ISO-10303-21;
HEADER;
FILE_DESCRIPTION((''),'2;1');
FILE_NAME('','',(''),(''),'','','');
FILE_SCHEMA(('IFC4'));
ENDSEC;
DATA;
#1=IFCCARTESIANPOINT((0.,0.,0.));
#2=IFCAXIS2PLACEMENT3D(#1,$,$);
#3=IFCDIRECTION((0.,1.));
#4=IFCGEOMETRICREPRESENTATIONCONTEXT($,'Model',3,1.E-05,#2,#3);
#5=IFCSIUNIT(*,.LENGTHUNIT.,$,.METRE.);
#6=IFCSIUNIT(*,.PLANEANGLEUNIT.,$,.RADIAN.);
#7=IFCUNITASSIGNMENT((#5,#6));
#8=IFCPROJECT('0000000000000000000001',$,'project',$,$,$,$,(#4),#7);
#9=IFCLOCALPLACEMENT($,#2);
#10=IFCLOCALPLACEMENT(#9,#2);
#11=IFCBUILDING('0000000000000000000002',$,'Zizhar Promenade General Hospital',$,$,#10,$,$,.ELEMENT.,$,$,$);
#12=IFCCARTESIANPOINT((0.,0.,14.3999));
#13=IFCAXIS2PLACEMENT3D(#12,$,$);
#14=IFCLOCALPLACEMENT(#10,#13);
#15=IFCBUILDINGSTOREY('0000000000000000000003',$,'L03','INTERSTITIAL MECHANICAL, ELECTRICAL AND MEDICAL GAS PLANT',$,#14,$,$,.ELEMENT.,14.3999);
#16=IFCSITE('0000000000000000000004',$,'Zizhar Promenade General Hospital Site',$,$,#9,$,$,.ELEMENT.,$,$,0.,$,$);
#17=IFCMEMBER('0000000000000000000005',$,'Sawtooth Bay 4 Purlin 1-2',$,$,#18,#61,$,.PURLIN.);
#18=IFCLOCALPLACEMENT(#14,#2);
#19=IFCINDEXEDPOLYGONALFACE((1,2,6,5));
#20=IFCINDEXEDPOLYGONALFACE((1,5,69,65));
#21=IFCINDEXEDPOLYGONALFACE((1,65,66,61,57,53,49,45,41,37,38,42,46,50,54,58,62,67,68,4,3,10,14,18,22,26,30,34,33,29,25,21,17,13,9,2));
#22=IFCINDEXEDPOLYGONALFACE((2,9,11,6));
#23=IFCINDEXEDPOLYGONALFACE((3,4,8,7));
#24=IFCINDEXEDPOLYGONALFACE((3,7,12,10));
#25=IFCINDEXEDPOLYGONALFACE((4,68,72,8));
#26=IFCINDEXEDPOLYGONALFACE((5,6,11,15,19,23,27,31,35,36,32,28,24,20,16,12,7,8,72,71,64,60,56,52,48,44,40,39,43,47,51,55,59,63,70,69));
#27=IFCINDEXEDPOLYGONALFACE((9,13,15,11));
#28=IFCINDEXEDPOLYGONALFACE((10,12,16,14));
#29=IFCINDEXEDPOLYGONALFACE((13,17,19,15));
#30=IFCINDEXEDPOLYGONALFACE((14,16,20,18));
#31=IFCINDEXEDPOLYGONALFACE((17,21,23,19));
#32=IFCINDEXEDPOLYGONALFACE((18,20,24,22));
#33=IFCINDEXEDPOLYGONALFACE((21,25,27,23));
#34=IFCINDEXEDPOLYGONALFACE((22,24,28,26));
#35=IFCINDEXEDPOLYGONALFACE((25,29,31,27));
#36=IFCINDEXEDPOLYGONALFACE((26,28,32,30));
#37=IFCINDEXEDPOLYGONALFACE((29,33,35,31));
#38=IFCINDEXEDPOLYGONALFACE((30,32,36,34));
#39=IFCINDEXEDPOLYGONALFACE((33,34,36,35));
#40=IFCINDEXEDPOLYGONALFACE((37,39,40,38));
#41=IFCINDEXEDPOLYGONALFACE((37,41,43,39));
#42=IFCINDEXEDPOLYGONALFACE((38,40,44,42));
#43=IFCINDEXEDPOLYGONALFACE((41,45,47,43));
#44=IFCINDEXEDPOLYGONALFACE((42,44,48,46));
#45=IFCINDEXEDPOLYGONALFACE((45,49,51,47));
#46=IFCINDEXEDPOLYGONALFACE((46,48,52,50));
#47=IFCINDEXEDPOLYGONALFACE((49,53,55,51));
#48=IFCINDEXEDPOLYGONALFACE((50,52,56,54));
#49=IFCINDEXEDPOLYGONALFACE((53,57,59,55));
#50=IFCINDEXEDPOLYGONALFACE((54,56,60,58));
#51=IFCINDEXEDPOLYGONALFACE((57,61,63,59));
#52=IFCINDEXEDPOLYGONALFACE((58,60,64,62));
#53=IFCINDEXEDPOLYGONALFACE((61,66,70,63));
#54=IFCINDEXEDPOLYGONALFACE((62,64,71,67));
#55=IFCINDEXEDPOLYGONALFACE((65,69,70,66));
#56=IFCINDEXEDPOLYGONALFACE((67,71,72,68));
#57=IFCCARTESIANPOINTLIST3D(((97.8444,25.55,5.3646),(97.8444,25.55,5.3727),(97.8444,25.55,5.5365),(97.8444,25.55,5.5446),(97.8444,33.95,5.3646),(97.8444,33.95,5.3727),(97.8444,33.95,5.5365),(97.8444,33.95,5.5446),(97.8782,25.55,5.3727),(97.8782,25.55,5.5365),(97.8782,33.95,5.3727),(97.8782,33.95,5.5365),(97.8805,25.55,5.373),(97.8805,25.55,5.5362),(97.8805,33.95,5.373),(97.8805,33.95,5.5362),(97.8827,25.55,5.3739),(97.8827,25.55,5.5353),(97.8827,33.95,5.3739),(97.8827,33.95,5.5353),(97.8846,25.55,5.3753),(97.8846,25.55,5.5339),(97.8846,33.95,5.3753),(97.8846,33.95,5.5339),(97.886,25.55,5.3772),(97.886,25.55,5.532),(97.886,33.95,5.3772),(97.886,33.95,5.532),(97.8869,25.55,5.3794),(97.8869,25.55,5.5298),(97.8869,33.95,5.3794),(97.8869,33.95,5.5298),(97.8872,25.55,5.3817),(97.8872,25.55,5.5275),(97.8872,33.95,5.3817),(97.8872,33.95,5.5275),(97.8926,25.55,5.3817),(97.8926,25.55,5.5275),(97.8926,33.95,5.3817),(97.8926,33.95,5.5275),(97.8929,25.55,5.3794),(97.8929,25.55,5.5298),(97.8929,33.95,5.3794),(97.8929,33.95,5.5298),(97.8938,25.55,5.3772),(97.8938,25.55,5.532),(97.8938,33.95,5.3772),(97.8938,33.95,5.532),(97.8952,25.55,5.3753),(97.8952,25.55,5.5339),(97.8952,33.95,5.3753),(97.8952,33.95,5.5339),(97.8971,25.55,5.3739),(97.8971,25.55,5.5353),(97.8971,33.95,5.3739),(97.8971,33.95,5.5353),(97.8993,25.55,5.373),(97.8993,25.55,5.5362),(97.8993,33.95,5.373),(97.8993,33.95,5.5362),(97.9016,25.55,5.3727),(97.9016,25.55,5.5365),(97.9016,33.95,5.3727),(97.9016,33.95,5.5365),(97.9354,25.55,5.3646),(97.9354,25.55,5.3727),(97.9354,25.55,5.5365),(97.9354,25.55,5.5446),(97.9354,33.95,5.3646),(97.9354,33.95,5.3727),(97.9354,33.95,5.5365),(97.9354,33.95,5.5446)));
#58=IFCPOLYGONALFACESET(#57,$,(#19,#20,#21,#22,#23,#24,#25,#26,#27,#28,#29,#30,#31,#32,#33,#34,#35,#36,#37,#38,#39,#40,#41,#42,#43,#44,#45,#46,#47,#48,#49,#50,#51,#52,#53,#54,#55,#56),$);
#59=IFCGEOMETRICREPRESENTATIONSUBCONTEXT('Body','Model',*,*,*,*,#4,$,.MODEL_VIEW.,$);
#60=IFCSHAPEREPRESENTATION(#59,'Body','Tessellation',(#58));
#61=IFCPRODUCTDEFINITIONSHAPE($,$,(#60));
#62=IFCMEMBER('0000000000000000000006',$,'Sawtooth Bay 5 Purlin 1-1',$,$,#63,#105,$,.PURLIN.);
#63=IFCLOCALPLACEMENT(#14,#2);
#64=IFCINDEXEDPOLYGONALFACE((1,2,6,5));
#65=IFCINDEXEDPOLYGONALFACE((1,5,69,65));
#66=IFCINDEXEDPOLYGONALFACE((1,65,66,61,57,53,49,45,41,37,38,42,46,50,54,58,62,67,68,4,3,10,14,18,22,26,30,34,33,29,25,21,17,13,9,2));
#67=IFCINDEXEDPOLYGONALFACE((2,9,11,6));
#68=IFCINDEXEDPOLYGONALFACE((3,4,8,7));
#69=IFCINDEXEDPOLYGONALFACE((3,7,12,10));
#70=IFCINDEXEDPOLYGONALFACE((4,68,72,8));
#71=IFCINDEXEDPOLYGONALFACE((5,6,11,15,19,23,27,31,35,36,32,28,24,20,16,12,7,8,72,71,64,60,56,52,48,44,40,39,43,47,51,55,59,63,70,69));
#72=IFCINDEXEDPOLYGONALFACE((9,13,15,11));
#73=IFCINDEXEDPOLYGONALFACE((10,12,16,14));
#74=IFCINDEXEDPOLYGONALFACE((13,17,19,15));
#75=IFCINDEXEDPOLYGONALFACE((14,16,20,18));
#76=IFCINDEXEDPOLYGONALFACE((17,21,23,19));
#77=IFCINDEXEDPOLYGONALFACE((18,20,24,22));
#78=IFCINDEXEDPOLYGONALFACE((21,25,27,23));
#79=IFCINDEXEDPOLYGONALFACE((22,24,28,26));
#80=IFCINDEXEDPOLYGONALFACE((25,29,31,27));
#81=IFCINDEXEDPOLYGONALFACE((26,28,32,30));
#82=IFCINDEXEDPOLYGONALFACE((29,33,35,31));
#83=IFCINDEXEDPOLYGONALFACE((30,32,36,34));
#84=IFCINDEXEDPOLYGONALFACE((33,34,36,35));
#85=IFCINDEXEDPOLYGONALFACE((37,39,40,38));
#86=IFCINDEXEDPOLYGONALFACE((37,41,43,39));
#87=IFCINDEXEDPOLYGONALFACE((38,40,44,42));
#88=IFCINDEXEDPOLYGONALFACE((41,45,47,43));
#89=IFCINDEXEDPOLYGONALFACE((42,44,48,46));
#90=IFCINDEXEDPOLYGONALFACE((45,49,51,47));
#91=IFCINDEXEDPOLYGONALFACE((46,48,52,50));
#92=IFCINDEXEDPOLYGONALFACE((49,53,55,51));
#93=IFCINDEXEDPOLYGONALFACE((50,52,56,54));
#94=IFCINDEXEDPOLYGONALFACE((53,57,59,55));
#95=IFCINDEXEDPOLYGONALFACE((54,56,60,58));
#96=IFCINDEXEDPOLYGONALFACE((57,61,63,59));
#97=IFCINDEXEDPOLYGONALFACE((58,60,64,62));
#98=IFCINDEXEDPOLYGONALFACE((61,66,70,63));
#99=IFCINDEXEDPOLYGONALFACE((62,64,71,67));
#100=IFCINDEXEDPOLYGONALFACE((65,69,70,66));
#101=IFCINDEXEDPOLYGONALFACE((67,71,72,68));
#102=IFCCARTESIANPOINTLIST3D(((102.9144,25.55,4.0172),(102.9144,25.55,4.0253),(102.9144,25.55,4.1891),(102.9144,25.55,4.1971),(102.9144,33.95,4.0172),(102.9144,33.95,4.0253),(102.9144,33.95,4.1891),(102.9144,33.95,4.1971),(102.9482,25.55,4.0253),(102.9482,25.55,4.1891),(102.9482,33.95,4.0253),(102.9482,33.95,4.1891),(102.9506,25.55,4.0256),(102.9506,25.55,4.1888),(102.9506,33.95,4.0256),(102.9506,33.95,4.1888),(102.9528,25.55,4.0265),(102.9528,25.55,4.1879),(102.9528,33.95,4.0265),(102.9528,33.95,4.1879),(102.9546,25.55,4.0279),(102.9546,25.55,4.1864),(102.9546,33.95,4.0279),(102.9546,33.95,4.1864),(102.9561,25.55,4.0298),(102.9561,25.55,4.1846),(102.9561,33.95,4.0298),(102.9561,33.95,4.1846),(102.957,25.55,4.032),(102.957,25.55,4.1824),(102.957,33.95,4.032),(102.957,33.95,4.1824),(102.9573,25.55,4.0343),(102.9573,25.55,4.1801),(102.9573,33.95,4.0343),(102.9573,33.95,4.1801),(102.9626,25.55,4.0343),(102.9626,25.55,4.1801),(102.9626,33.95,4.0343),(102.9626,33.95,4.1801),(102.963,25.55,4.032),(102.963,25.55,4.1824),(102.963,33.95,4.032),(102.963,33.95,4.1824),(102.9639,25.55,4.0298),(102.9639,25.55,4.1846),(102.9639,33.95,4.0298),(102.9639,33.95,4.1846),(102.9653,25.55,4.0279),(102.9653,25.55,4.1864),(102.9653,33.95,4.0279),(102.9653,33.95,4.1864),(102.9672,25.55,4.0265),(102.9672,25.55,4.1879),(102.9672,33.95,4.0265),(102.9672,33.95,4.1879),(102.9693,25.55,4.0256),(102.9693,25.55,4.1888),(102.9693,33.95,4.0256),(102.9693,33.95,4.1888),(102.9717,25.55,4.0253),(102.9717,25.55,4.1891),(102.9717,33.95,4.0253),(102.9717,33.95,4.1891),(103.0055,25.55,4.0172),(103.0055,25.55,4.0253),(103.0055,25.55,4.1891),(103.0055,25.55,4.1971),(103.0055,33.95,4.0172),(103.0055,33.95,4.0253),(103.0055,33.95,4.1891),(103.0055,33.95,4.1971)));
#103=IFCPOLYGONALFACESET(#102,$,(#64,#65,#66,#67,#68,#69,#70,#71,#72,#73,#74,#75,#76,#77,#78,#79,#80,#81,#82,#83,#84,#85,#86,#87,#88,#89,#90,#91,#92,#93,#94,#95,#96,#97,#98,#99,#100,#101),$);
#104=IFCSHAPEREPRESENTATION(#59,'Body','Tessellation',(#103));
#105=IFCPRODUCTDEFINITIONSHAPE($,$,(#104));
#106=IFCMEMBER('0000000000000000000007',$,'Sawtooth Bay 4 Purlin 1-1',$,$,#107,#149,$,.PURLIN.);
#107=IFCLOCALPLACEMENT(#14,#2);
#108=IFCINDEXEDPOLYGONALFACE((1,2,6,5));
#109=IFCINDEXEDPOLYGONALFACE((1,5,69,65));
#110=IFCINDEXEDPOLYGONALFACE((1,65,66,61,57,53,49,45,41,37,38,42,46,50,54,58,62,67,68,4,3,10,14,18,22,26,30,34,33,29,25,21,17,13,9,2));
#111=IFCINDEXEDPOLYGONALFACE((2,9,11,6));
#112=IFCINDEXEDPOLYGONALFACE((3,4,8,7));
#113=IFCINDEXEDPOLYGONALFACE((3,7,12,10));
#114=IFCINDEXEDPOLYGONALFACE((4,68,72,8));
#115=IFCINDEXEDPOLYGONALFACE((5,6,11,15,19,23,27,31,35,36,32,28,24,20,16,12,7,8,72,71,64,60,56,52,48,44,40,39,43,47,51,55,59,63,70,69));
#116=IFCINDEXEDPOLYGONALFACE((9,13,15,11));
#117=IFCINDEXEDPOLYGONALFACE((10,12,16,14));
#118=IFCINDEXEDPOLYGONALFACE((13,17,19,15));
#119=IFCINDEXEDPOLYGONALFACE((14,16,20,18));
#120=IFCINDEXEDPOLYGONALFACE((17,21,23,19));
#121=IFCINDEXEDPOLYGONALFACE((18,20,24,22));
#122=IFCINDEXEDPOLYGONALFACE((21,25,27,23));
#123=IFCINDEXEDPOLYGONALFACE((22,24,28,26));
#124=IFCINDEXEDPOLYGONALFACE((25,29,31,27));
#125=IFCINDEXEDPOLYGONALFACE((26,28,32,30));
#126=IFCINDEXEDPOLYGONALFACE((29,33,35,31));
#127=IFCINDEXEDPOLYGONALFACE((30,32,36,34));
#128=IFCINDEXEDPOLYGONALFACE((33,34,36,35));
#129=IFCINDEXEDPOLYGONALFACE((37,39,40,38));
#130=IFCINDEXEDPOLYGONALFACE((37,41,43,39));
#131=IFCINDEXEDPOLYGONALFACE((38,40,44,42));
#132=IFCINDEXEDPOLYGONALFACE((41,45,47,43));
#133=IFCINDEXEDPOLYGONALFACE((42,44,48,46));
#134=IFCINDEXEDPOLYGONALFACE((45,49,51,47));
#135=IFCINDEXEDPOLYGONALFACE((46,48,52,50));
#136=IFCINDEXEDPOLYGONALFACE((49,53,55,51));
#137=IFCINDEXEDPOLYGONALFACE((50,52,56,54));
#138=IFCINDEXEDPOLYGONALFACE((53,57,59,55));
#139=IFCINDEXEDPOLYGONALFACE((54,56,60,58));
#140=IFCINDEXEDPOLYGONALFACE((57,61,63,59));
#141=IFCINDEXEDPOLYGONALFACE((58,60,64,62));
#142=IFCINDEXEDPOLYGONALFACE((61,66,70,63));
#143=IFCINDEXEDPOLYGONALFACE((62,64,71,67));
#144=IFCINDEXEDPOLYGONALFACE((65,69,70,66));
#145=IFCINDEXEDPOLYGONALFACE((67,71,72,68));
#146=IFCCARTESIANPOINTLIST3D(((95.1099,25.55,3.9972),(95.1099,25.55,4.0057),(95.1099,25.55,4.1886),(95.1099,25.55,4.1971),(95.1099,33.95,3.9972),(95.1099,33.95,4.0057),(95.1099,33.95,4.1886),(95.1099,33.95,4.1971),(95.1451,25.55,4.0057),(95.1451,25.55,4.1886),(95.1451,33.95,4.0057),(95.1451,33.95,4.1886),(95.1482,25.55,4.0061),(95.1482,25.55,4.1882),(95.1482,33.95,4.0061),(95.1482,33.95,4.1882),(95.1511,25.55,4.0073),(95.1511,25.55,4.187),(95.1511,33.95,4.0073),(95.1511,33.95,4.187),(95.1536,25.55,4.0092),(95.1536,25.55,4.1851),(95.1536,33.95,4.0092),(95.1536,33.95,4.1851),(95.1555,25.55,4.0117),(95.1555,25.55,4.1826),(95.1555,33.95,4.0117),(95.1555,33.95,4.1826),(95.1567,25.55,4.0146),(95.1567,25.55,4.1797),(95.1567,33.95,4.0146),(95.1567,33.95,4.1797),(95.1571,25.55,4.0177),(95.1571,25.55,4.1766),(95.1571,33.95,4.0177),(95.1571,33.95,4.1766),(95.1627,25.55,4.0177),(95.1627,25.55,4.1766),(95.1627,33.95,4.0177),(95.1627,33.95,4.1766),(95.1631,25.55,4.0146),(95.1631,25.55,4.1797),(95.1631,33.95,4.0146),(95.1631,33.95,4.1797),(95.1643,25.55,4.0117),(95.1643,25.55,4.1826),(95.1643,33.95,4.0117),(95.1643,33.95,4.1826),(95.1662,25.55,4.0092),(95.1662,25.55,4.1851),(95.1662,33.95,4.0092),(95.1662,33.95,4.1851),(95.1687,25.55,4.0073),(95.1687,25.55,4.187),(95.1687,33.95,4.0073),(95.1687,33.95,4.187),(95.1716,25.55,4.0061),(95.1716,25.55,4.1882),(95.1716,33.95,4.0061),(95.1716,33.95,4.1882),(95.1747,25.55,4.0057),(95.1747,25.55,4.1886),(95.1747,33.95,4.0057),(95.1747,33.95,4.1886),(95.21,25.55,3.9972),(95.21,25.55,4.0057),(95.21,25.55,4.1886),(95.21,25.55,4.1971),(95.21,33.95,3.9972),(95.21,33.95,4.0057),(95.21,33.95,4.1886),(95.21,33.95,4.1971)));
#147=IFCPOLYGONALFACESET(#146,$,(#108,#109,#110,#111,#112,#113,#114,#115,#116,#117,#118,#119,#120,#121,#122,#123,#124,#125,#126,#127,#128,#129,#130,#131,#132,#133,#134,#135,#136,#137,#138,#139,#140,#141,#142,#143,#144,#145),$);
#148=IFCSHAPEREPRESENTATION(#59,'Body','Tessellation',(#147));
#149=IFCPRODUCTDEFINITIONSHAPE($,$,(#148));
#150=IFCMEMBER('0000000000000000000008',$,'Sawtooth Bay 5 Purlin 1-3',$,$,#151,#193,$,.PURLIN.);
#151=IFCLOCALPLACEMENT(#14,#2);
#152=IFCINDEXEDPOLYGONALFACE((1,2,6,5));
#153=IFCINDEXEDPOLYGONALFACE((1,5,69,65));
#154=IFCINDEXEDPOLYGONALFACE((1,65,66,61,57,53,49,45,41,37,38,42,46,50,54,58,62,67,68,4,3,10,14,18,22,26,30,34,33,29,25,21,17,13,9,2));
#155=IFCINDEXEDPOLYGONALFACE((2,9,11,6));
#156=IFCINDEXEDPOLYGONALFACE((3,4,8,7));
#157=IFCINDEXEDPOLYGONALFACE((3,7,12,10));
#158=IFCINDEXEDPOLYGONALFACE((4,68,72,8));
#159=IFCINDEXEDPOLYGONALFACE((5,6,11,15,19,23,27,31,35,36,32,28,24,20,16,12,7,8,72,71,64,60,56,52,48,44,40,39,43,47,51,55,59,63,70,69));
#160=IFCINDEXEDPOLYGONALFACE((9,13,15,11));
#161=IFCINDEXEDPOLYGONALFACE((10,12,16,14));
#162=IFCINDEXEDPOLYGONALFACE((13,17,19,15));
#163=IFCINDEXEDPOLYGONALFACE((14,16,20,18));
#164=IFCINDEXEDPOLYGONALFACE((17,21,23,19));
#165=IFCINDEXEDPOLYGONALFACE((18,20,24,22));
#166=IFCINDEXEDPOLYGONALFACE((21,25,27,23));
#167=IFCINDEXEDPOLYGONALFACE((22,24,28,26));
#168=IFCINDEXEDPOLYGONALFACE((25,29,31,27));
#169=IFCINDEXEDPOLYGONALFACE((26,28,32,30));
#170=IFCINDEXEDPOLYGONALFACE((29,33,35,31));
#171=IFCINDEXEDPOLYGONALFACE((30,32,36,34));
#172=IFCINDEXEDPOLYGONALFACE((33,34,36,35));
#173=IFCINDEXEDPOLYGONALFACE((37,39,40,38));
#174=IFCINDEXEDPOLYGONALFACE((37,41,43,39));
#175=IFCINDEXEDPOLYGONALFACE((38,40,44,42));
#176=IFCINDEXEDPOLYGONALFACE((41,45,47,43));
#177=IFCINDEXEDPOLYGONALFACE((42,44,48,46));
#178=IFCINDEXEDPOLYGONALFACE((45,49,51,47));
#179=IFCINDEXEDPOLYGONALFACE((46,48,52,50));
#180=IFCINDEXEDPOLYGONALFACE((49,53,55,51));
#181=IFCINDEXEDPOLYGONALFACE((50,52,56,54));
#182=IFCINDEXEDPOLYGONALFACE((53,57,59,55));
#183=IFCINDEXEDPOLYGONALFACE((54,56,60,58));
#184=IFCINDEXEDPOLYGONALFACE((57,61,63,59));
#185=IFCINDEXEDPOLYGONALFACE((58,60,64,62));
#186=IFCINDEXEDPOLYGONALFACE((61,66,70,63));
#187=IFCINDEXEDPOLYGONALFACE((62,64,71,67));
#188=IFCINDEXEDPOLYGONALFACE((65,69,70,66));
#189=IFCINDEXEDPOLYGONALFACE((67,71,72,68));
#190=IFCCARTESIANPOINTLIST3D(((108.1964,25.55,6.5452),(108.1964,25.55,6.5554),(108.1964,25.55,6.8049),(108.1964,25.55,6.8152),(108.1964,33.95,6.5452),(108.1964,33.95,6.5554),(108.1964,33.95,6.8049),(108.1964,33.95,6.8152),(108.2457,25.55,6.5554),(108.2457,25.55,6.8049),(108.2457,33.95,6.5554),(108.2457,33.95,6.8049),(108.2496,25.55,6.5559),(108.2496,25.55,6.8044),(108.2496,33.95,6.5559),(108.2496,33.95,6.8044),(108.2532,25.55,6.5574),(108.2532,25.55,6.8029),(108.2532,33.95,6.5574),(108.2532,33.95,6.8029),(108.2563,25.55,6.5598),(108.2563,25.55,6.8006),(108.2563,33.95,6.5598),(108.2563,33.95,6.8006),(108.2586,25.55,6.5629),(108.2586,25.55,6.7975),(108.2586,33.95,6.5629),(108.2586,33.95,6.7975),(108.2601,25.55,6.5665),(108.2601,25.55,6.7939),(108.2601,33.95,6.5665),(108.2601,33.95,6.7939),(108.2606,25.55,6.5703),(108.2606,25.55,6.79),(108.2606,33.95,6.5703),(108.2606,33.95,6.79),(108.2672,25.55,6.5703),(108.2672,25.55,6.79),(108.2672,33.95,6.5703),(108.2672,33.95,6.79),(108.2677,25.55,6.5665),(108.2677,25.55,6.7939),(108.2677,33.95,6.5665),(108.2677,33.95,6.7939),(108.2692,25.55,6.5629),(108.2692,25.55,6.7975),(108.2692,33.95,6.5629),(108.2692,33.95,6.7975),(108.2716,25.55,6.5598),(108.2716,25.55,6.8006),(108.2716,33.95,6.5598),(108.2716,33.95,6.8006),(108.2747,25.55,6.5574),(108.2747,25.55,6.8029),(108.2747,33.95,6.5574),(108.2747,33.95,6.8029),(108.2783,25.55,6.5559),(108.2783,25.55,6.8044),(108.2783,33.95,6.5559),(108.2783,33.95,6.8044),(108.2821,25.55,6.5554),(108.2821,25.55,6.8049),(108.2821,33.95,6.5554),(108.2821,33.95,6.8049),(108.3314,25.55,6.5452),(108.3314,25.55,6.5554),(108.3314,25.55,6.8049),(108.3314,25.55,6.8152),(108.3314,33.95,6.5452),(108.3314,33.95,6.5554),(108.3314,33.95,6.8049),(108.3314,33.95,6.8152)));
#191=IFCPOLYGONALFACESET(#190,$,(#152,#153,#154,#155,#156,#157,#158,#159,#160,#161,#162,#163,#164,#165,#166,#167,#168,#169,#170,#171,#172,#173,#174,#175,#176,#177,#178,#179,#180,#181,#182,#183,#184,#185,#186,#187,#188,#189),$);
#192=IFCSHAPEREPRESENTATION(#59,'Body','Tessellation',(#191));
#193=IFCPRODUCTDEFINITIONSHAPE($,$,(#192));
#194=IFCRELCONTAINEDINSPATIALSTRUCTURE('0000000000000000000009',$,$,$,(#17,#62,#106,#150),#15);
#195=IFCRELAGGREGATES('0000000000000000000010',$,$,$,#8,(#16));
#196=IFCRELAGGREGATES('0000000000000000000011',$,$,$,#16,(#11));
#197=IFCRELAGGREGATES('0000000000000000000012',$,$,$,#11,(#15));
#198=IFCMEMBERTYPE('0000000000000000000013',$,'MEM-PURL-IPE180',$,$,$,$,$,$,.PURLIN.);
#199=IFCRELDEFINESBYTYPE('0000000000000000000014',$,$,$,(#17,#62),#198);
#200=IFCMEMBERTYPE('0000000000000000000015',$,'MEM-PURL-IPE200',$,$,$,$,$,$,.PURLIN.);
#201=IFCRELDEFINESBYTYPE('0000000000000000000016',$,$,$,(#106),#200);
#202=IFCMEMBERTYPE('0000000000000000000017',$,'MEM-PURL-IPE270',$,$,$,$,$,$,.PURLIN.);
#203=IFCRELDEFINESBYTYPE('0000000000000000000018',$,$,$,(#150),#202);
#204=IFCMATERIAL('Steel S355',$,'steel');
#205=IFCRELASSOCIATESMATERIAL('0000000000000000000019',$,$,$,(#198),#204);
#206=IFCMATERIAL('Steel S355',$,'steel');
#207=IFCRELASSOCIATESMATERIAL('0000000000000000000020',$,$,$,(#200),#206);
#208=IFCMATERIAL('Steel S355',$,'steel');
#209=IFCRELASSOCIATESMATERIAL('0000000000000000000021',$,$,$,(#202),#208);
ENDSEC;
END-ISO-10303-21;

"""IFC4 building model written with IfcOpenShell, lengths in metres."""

from ifc_helpers import new_model, si_unit, direction, frame, origin, origin_2d, place, context, subcontext, project, spatial, i_section, extrude, material, material_profile, profile_set, type_object, element, save


model = new_model("IFC4")

# Units and contexts
model_context = context("Model", 3, precision=1e-05, world=origin(), true_north=direction((0.0, 1.0)))
body_context = subcontext(model_context, "Body", "Model", "MODEL_VIEW")
ifc_project = project(units=[si_unit("LENGTHUNIT", "METRE"), si_unit("PLANEANGLEUNIT", "RADIAN")], contexts=[model_context])

# Site, building, storey
site_placement = place(None, origin())
site = spatial("IfcSite", under=ifc_project, at=site_placement, Name="Zizhar Promenade General Hospital Site", CompositionType="ELEMENT", RefElevation=0.0)
building_placement = place(site_placement, origin())
building = spatial("IfcBuilding", under=site, at=building_placement, Name="Zizhar Promenade General Hospital", CompositionType="ELEMENT")
storey_placement = place(building_placement, frame((0.0, 0.0, 14.3999)))
storey = spatial("IfcBuildingStorey", under=building, at=storey_placement, Name="L03", Description="INTERSTITIAL MECHANICAL, ELECTRICAL AND MEDICAL GAS PLANT", CompositionType="ELEMENT", Elevation=14.3999)

# Members
ifc_material_1 = material(Name="Steel S355", Category="steel")
ifc_material_profile_1 = material_profile(ifc_material_1, i_section(OverallWidth=0.0911, OverallDepth=0.1799, WebThickness=0.0054, FlangeThickness=0.0081, FilletRadius=0.009, at=origin_2d()))
ifc_profile_set_1 = profile_set([ifc_material_profile_1], Name="Steel S355")
member_type_1 = type_object("IfcMemberType", Name="MEM-PURL-IPE180", PredefinedType="PURLIN", material=ifc_profile_set_1)
for number, where, z_axis, x_axis, name in (
    (1, (97.8899, 25.55, 5.4546), (0.0, 1.0, 0.0), (-1.0, 0.0, 0.0), "Sawtooth Bay 4 Purlin 1-2"),
    (2, (102.96, 25.55, 4.1072), (0.0, 1.0, 0.0), (-1.0, 0.0, 0.0), "Sawtooth Bay 5 Purlin 1-1"),
):
    element("IfcMember", number, at=place(storey_placement, frame(where, z_axis=z_axis, x_axis=x_axis)), inside=storey, type_object=member_type_1, Name=name, PredefinedType="PURLIN", context=body_context, shape_type="SweptSolid", body=[
        extrude(i_section(OverallWidth=0.0911, OverallDepth=0.1799, WebThickness=0.0054, FlangeThickness=0.0081, FilletRadius=0.009, at=origin_2d()), origin(), (0.0, 0.0, 1.0), 8.3999),
    ])
ifc_material_2 = material(Name="Steel S355", Category="steel")
ifc_material_profile_2 = material_profile(ifc_material_2, i_section(OverallWidth=0.1001, OverallDepth=0.2, WebThickness=0.0056, FlangeThickness=0.0085, FilletRadius=0.012, at=origin_2d()))
ifc_profile_set_2 = profile_set([ifc_material_profile_2], Name="Steel S355")
member_type_2 = type_object("IfcMemberType", Name="MEM-PURL-IPE200", PredefinedType="PURLIN", material=ifc_profile_set_2)
member_1_placement = place(storey_placement, frame((95.1599, 25.55, 4.0972), z_axis=(0.0, 1.0, 0.0), x_axis=(-1.0, 0.0, 0.0)))
element("IfcMember", 3, at=member_1_placement, inside=storey, type_object=member_type_2, Name="Sawtooth Bay 4 Purlin 1-1", PredefinedType="PURLIN", context=body_context, shape_type="SweptSolid", body=[
    extrude(i_section(OverallWidth=0.1001, OverallDepth=0.2, WebThickness=0.0056, FlangeThickness=0.0085, FilletRadius=0.012, at=origin_2d()), origin(), (0.0, 0.0, 1.0), 8.3999),
])
ifc_material_3 = material(Name="Steel S355", Category="steel")
ifc_material_profile_3 = material_profile(ifc_material_3, i_section(OverallWidth=0.135, OverallDepth=0.27, WebThickness=0.0066, FlangeThickness=0.0103, FilletRadius=0.0149, at=origin_2d()))
ifc_profile_set_3 = profile_set([ifc_material_profile_3], Name="Steel S355")
member_type_3 = type_object("IfcMemberType", Name="MEM-PURL-IPE270", PredefinedType="PURLIN", material=ifc_profile_set_3)
member_2_placement = place(storey_placement, frame((108.2639, 25.55, 6.6802), z_axis=(0.0, 1.0, 0.0), x_axis=(-1.0, 0.0, 0.0)))
element("IfcMember", 4, at=member_2_placement, inside=storey, type_object=member_type_3, Name="Sawtooth Bay 5 Purlin 1-3", PredefinedType="PURLIN", context=body_context, shape_type="SweptSolid", body=[
    extrude(i_section(OverallWidth=0.135, OverallDepth=0.27, WebThickness=0.0066, FlangeThickness=0.0103, FilletRadius=0.0149, at=origin_2d()), origin(), (0.0, 0.0, 1.0), 8.3999),
])

save(model, "model.ifc")
